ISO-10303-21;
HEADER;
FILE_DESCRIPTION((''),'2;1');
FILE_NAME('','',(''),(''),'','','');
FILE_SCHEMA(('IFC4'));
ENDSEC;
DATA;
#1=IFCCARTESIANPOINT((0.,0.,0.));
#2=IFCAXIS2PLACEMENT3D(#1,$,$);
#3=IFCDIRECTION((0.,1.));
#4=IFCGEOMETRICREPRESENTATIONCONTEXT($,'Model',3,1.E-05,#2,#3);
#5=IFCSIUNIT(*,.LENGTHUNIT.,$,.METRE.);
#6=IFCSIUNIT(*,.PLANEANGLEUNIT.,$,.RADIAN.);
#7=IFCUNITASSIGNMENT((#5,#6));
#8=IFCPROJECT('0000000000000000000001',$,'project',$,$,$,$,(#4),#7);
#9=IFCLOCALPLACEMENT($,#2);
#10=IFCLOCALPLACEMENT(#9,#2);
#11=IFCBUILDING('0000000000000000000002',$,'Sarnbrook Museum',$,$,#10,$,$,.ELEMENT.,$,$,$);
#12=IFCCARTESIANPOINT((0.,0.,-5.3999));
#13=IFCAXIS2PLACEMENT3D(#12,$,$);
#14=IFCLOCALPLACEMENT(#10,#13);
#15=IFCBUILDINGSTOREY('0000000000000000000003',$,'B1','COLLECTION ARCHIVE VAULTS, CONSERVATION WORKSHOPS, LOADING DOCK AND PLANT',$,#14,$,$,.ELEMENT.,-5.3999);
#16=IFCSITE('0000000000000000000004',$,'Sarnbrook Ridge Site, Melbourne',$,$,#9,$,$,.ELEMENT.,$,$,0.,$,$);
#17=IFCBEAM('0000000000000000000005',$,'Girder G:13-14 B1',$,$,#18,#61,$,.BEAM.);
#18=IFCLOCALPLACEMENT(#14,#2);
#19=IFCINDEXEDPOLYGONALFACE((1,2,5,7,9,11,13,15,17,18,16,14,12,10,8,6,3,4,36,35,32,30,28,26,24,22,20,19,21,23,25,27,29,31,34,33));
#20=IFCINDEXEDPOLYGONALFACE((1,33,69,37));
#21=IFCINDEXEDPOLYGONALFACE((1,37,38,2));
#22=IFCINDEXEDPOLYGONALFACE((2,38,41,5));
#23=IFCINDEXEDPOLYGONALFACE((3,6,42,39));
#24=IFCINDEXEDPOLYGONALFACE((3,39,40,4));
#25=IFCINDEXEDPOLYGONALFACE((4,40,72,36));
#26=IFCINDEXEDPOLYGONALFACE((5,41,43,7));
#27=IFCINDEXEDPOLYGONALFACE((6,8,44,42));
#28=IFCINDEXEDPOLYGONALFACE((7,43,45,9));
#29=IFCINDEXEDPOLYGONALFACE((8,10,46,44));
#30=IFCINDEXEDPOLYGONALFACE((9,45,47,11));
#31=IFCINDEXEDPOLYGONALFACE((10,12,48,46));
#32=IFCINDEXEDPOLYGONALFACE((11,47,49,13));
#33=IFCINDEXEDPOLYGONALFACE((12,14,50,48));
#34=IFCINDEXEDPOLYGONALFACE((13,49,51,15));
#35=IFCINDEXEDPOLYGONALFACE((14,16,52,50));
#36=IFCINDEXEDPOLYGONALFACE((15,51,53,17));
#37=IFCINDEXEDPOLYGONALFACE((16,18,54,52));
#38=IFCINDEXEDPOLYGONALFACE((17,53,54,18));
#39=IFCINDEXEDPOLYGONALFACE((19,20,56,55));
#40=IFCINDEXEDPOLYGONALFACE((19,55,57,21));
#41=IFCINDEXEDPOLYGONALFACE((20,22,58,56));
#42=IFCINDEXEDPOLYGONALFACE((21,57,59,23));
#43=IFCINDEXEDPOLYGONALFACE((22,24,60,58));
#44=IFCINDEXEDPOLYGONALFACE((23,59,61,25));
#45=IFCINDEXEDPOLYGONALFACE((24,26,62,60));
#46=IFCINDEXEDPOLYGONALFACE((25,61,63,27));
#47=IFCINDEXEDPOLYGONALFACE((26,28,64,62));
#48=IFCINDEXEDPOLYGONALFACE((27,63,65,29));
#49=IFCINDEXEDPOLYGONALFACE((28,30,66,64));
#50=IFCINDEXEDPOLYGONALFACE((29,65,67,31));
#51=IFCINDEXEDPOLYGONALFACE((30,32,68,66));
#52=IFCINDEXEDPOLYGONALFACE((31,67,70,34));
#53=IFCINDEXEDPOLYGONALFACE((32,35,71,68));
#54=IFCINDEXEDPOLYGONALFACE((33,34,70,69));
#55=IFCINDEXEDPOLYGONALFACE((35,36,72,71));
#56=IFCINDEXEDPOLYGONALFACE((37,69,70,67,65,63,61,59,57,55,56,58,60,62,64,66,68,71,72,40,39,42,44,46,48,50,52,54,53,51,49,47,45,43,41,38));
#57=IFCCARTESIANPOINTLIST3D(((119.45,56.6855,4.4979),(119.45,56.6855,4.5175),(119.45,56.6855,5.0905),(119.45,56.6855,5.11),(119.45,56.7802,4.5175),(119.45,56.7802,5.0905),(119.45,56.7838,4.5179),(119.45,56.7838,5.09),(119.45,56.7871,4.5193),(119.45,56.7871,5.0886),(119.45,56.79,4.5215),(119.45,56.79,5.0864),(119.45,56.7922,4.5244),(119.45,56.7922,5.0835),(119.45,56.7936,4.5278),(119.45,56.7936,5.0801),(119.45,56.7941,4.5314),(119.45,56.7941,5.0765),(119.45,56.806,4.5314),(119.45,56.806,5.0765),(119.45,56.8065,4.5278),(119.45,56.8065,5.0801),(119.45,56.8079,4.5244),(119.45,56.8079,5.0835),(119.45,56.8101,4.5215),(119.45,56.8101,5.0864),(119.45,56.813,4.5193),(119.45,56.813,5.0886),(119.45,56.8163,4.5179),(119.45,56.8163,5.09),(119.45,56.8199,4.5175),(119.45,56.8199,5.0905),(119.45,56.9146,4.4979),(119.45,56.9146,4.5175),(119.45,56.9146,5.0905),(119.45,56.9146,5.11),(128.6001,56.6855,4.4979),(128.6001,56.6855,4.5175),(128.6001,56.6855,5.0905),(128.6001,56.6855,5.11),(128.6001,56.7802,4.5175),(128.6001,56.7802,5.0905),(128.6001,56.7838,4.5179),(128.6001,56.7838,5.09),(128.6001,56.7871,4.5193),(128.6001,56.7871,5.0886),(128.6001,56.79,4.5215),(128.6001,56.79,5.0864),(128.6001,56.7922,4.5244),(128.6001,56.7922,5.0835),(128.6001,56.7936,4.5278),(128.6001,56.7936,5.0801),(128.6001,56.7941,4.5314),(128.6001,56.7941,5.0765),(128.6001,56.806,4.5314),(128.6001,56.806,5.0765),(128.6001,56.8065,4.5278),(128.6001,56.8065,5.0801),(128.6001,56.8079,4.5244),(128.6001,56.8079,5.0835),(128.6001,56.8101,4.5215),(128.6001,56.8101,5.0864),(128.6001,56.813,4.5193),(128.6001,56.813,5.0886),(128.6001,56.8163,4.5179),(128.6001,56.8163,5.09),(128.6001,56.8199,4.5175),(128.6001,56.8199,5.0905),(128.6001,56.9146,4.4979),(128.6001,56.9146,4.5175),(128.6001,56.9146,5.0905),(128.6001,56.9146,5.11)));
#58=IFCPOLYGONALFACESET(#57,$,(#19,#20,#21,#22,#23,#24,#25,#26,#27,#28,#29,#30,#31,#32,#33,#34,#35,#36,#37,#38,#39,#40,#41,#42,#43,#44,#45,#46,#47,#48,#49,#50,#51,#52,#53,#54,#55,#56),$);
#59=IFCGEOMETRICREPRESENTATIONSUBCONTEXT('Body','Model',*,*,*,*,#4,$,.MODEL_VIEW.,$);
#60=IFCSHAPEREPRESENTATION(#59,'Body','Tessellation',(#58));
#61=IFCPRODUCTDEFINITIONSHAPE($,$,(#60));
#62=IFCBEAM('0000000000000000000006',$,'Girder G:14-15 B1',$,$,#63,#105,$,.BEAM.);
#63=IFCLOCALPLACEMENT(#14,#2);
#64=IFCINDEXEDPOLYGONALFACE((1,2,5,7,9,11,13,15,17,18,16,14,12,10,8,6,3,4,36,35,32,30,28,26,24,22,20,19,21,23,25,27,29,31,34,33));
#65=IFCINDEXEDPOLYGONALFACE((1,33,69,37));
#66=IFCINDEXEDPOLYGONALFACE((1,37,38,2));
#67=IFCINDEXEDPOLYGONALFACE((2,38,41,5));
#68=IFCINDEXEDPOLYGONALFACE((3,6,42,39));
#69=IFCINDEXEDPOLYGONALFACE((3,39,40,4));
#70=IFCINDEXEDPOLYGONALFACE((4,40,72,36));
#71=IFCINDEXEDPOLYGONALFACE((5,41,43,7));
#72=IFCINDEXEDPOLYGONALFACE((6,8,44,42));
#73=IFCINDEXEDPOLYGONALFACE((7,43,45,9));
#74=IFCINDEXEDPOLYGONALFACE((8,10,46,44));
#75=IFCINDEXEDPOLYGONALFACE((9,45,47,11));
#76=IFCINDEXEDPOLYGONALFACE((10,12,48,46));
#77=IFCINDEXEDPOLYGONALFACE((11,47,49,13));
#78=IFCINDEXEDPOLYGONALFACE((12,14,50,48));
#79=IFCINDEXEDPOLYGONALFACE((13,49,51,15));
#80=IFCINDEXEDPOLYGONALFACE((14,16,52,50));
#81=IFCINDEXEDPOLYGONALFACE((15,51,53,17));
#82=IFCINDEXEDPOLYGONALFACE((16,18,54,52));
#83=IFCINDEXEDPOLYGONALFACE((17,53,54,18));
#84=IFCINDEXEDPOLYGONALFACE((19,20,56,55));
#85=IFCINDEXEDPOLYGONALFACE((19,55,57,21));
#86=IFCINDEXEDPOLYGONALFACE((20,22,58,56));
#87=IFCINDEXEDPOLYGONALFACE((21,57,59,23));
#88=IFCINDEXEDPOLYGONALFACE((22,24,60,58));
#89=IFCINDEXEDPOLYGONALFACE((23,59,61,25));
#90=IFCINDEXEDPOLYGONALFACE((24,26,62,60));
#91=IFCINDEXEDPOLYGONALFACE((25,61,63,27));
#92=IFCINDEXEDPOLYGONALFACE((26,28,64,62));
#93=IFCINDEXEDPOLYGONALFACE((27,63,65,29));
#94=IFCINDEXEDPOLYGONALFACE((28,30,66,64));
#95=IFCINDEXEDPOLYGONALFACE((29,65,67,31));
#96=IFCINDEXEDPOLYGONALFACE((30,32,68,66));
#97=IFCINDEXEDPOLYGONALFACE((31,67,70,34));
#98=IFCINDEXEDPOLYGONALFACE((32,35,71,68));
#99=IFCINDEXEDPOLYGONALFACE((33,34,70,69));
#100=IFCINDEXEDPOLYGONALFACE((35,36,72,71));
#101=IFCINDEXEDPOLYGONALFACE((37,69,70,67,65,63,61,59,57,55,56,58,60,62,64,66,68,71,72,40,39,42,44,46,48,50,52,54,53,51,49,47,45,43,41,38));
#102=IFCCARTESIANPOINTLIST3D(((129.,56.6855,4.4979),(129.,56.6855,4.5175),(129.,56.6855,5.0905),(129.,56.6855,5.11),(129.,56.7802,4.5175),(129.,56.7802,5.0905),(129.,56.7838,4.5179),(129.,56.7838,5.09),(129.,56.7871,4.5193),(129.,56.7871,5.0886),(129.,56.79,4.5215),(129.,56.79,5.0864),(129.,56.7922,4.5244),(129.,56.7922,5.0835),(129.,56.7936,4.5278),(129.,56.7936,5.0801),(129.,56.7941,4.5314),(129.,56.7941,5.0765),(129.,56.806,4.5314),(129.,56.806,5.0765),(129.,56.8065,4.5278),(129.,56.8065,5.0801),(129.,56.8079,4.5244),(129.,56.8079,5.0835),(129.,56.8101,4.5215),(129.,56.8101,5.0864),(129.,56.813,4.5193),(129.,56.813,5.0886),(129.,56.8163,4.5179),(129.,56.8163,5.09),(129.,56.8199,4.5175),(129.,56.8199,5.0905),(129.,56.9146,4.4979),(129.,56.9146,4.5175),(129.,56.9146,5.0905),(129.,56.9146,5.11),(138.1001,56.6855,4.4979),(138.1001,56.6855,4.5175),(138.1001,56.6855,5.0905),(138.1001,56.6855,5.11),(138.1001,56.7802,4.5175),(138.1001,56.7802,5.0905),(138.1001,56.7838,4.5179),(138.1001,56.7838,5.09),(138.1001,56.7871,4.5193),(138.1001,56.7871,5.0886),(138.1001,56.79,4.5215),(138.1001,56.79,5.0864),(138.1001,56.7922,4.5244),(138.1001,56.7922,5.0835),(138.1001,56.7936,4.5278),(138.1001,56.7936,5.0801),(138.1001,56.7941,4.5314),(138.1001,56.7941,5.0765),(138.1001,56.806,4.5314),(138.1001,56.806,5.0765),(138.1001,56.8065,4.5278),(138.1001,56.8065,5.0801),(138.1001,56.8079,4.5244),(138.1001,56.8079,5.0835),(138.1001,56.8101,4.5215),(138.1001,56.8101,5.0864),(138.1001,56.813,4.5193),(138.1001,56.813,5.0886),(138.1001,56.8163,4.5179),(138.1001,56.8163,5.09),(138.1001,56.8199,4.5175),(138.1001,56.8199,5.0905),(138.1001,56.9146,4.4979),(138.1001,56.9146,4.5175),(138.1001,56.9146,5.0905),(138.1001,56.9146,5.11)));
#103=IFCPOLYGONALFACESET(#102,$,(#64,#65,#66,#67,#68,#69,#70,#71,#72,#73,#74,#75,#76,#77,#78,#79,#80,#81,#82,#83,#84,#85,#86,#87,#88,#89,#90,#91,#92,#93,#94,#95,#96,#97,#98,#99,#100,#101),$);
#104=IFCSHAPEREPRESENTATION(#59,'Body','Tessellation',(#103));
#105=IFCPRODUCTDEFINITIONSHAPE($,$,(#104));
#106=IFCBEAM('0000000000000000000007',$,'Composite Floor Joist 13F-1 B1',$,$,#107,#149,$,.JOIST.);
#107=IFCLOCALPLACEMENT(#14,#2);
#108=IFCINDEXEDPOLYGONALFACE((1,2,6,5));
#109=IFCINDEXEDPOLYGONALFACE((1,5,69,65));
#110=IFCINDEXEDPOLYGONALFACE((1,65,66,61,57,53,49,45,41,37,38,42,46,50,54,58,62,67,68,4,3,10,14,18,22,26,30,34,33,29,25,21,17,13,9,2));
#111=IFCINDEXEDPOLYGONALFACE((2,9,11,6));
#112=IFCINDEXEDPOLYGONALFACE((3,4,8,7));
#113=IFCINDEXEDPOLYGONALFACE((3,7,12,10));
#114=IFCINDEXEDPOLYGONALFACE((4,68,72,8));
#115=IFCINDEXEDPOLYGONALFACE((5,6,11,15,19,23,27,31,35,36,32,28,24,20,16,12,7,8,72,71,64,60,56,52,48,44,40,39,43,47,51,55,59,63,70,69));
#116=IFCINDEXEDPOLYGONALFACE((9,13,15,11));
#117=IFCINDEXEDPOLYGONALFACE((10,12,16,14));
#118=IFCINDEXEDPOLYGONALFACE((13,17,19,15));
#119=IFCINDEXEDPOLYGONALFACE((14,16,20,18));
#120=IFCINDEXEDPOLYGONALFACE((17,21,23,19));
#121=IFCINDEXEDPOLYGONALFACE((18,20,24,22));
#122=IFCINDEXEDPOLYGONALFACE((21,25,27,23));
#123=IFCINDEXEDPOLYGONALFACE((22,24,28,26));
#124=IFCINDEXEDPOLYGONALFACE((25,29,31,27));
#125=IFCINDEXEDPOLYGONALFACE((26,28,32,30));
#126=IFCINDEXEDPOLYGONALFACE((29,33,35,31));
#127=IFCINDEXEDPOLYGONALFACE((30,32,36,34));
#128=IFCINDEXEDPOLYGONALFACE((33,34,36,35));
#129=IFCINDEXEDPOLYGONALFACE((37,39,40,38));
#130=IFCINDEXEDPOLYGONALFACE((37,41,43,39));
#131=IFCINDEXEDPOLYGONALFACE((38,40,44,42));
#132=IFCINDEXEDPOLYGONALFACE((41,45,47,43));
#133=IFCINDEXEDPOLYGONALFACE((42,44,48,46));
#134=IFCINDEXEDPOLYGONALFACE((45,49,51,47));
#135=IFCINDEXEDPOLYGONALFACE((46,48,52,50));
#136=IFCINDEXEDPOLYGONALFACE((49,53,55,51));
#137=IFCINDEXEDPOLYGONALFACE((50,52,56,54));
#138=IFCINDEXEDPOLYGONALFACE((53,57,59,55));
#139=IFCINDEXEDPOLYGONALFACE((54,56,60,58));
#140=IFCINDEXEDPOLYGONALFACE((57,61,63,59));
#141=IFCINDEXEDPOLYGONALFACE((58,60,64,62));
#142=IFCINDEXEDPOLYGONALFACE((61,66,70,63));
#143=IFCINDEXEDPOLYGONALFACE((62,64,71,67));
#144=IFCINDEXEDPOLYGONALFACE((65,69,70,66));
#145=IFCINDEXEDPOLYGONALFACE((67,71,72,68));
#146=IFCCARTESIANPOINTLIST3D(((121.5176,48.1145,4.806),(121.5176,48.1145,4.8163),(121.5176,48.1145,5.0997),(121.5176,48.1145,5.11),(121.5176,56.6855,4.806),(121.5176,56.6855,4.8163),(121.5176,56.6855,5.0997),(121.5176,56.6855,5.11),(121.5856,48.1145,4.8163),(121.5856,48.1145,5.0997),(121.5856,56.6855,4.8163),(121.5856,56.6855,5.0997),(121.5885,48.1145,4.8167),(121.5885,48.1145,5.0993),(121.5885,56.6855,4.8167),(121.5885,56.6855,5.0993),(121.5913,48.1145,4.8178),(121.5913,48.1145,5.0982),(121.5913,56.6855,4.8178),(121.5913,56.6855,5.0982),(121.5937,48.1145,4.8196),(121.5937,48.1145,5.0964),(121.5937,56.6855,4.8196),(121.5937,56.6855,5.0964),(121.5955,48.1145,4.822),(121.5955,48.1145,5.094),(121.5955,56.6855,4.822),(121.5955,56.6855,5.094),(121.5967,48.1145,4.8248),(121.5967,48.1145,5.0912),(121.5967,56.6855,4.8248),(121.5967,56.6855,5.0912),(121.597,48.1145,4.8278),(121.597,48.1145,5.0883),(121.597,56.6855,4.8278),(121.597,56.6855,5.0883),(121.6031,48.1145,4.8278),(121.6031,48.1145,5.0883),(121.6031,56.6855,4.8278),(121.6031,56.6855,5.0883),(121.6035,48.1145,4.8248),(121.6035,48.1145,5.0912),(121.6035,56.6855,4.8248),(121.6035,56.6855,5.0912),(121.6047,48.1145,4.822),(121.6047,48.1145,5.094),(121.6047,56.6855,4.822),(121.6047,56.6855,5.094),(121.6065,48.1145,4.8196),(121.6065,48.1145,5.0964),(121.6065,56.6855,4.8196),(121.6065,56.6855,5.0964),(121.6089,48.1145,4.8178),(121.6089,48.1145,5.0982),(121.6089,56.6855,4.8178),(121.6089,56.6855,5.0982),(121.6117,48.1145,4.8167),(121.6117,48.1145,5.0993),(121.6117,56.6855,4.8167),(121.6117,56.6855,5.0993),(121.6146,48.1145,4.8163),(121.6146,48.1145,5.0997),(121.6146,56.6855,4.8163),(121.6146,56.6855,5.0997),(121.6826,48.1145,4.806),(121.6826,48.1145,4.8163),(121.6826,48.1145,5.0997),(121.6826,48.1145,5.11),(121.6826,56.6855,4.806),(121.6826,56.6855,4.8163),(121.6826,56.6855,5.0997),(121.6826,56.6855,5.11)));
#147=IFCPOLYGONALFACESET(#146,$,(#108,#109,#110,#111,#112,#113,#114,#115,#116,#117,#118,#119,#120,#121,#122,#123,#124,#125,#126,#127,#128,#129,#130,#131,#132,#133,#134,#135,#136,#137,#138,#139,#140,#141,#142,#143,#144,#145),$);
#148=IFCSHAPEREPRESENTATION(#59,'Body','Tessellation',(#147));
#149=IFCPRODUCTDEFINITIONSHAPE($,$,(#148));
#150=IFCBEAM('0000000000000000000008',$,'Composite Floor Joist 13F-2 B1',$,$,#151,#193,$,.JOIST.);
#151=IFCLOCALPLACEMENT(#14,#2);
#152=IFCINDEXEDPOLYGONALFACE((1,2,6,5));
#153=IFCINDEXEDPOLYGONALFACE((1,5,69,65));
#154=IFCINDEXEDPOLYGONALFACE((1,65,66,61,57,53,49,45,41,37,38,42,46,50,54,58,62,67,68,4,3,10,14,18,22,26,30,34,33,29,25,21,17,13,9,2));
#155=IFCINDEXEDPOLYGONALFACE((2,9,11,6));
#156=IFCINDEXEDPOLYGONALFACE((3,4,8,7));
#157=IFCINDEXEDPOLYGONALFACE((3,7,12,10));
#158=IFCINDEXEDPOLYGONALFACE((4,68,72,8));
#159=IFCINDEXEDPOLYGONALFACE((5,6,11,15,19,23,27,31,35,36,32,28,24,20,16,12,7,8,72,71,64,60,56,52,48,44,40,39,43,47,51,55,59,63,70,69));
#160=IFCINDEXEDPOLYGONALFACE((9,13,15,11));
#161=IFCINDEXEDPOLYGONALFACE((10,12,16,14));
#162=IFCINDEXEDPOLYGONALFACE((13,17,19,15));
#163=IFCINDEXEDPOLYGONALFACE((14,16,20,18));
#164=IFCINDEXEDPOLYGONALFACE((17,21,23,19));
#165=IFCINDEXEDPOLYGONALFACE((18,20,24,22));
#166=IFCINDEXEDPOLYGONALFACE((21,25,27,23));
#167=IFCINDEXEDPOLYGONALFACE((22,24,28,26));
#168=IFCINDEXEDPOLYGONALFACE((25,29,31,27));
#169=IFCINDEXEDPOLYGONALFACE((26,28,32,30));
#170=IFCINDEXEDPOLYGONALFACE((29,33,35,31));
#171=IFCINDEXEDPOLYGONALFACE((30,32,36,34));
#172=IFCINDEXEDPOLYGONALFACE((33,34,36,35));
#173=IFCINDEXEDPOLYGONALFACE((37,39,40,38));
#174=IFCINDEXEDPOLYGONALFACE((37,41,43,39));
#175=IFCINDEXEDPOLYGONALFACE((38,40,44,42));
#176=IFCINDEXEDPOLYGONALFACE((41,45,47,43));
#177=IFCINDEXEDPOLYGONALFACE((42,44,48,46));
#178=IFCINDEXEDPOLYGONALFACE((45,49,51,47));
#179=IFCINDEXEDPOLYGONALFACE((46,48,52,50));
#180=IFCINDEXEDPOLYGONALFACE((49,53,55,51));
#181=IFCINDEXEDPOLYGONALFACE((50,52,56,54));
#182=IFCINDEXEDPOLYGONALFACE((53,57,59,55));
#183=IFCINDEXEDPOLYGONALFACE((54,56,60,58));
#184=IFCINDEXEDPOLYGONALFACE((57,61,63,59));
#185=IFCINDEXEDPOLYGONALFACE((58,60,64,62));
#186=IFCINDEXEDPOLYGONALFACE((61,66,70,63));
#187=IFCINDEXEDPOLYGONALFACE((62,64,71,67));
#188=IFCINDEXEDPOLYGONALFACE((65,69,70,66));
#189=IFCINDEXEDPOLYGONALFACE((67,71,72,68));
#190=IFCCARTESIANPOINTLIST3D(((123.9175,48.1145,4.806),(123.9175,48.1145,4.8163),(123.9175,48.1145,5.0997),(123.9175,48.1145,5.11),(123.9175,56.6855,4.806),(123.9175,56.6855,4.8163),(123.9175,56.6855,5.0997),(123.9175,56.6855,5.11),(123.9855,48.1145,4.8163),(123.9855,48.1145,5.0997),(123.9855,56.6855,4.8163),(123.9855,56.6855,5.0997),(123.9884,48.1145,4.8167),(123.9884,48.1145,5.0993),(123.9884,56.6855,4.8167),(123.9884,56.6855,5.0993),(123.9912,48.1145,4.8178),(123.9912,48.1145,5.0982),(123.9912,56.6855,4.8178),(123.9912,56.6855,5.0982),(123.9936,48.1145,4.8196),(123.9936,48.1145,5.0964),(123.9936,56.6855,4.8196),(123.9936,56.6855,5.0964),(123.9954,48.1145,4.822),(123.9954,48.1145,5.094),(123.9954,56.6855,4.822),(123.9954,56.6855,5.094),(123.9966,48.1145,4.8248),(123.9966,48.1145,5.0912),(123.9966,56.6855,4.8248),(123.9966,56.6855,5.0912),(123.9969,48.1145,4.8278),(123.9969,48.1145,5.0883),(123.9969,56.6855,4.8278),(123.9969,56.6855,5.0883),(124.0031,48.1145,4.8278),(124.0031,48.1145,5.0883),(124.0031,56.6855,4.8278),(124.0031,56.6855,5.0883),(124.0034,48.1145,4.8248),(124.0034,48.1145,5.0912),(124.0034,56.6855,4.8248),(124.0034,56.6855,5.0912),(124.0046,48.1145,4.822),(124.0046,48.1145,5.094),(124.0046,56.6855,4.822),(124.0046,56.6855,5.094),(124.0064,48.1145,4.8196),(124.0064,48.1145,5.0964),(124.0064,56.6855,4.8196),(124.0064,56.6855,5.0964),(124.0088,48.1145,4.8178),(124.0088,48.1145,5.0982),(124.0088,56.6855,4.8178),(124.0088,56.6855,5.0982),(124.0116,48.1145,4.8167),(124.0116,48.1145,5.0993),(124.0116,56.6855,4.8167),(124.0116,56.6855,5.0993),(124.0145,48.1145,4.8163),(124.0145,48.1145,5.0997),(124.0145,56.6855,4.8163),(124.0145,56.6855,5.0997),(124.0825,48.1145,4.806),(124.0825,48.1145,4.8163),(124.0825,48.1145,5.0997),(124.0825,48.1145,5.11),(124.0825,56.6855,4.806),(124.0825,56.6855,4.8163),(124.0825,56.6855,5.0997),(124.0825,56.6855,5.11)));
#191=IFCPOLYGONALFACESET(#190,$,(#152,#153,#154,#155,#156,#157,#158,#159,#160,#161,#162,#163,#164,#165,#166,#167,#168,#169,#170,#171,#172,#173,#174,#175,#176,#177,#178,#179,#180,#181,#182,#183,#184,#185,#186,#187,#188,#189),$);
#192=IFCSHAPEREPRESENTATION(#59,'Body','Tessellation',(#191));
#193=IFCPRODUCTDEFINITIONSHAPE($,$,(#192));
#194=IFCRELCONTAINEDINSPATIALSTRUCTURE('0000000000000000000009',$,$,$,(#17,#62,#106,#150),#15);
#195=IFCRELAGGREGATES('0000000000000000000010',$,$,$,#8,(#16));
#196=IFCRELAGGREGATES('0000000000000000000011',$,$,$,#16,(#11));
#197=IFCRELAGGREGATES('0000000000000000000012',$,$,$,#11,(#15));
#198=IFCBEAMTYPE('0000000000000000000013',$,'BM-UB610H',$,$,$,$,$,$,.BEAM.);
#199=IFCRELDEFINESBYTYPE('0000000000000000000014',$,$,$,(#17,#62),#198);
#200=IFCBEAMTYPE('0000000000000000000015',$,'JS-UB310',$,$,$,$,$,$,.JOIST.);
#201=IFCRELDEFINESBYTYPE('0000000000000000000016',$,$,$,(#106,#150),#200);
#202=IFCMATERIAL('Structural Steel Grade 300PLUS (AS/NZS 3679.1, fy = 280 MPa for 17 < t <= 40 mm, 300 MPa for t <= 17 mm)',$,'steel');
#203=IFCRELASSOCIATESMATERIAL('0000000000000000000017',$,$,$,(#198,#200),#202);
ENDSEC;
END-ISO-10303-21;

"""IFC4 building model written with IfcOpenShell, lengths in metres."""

from ifc_helpers import new_model, si_unit, direction, frame, origin, origin_2d, place, context, subcontext, project, spatial, i_section, extrude, material, material_profile, profile_set, type_object, element, save


model = new_model("IFC4")

# Units and contexts
model_context = context("Model", 3, precision=1e-05, world=origin(), true_north=direction((0.0, 1.0)))
body_context = subcontext(model_context, "Body", "Model", "MODEL_VIEW")
ifc_project = project(units=[si_unit("LENGTHUNIT", "METRE"), si_unit("PLANEANGLEUNIT", "RADIAN")], contexts=[model_context])

# Site, building, storey
site_placement = place(None, origin())
site = spatial("IfcSite", under=ifc_project, at=site_placement, Name="Sarnbrook Ridge Site, Melbourne", CompositionType="ELEMENT", RefElevation=0.0)
building_placement = place(site_placement, origin())
building = spatial("IfcBuilding", under=site, at=building_placement, Name="Sarnbrook Museum", CompositionType="ELEMENT")
storey_placement = place(building_placement, frame((0.0, 0.0, -5.3999)))
storey = spatial("IfcBuildingStorey", under=building, at=storey_placement, Name="B1", Description="COLLECTION ARCHIVE VAULTS, CONSERVATION WORKSHOPS, LOADING DOCK AND PLANT", CompositionType="ELEMENT", Elevation=-5.3999)

# Beams
ifc_material_1 = material(Name="Structural Steel Grade 300PLUS (AS/NZS 3679.1, fy = 280 MPa for 17 < t <= 40 mm, 300 MPa for t <= 17 mm)", Category="steel")
ifc_material_profile_1 = material_profile(ifc_material_1, i_section(OverallWidth=0.229, OverallDepth=0.6121, WebThickness=0.012, FlangeThickness=0.0195, FilletRadius=0.0139, at=origin_2d()), Name="610UB125")
ifc_profile_set_1 = profile_set([ifc_material_profile_1], Name="Structural Steel Grade 300PLUS (AS/NZS 3679.1, fy = 280 MPa for 17 < t <= 40 mm, 300 MPa for t <= 17 mm)")
beam_type_1 = type_object("IfcBeamType", Name="BM-UB610H", PredefinedType="BEAM", material=ifc_profile_set_1)
beam_1_placement = place(storey_placement, frame((119.45, 56.8, 4.804), z_axis=(1.0, 0.0, 0.0), x_axis=(0.0, 1.0, 0.0)))
element("IfcBeam", 1, at=beam_1_placement, inside=storey, type_object=beam_type_1, Name="Girder G:13-14 B1", PredefinedType="BEAM", context=body_context, shape_type="SweptSolid", body=[
    extrude(i_section(OverallWidth=0.229, OverallDepth=0.6121, WebThickness=0.012, FlangeThickness=0.0195, FilletRadius=0.0139, at=origin_2d()), origin(), (0.0, 0.0, 1.0), 9.1501),
])
beam_2_placement = place(storey_placement, frame((129.0, 56.8, 4.804), z_axis=(1.0, 0.0, 0.0), x_axis=(0.0, 1.0, 0.0)))
element("IfcBeam", 2, at=beam_2_placement, inside=storey, type_object=beam_type_1, Name="Girder G:14-15 B1", PredefinedType="BEAM", context=body_context, shape_type="SweptSolid", body=[
    extrude(i_section(OverallWidth=0.229, OverallDepth=0.6121, WebThickness=0.012, FlangeThickness=0.0195, FilletRadius=0.0139, at=origin_2d()), origin(), (0.0, 0.0, 1.0), 9.1001),
])
ifc_material_profile_2 = material_profile(ifc_material_1, i_section(OverallWidth=0.165, OverallDepth=0.304, WebThickness=0.0061, FlangeThickness=0.0103, FilletRadius=0.0115, at=origin_2d()), Name="310UB40.4")
ifc_profile_set_2 = profile_set([ifc_material_profile_2], Name="Structural Steel Grade 300PLUS (AS/NZS 3679.1, fy = 280 MPa for 17 < t <= 40 mm, 300 MPa for t <= 17 mm)")
beam_type_2 = type_object("IfcBeamType", Name="JS-UB310", PredefinedType="JOIST", material=ifc_profile_set_2)
for number, where, z_axis, x_axis, name in (
    (3, (121.6001, 48.1145, 4.958), (0.0, 1.0, 0.0), (-1.0, 0.0, 0.0), "Composite Floor Joist 13F-1 B1"),
    (4, (124.0, 48.1145, 4.958), (0.0, 1.0, 0.0), (-1.0, 0.0, 0.0), "Composite Floor Joist 13F-2 B1"),
):
    element("IfcBeam", number, at=place(storey_placement, frame(where, z_axis=z_axis, x_axis=x_axis)), inside=storey, type_object=beam_type_2, Name=name, PredefinedType="JOIST", context=body_context, shape_type="SweptSolid", body=[
        extrude(i_section(OverallWidth=0.165, OverallDepth=0.304, WebThickness=0.0061, FlangeThickness=0.0103, FilletRadius=0.0115, at=origin_2d()), origin(), (0.0, 0.0, 1.0), 8.571),
    ])

save(model, "model.ifc")
